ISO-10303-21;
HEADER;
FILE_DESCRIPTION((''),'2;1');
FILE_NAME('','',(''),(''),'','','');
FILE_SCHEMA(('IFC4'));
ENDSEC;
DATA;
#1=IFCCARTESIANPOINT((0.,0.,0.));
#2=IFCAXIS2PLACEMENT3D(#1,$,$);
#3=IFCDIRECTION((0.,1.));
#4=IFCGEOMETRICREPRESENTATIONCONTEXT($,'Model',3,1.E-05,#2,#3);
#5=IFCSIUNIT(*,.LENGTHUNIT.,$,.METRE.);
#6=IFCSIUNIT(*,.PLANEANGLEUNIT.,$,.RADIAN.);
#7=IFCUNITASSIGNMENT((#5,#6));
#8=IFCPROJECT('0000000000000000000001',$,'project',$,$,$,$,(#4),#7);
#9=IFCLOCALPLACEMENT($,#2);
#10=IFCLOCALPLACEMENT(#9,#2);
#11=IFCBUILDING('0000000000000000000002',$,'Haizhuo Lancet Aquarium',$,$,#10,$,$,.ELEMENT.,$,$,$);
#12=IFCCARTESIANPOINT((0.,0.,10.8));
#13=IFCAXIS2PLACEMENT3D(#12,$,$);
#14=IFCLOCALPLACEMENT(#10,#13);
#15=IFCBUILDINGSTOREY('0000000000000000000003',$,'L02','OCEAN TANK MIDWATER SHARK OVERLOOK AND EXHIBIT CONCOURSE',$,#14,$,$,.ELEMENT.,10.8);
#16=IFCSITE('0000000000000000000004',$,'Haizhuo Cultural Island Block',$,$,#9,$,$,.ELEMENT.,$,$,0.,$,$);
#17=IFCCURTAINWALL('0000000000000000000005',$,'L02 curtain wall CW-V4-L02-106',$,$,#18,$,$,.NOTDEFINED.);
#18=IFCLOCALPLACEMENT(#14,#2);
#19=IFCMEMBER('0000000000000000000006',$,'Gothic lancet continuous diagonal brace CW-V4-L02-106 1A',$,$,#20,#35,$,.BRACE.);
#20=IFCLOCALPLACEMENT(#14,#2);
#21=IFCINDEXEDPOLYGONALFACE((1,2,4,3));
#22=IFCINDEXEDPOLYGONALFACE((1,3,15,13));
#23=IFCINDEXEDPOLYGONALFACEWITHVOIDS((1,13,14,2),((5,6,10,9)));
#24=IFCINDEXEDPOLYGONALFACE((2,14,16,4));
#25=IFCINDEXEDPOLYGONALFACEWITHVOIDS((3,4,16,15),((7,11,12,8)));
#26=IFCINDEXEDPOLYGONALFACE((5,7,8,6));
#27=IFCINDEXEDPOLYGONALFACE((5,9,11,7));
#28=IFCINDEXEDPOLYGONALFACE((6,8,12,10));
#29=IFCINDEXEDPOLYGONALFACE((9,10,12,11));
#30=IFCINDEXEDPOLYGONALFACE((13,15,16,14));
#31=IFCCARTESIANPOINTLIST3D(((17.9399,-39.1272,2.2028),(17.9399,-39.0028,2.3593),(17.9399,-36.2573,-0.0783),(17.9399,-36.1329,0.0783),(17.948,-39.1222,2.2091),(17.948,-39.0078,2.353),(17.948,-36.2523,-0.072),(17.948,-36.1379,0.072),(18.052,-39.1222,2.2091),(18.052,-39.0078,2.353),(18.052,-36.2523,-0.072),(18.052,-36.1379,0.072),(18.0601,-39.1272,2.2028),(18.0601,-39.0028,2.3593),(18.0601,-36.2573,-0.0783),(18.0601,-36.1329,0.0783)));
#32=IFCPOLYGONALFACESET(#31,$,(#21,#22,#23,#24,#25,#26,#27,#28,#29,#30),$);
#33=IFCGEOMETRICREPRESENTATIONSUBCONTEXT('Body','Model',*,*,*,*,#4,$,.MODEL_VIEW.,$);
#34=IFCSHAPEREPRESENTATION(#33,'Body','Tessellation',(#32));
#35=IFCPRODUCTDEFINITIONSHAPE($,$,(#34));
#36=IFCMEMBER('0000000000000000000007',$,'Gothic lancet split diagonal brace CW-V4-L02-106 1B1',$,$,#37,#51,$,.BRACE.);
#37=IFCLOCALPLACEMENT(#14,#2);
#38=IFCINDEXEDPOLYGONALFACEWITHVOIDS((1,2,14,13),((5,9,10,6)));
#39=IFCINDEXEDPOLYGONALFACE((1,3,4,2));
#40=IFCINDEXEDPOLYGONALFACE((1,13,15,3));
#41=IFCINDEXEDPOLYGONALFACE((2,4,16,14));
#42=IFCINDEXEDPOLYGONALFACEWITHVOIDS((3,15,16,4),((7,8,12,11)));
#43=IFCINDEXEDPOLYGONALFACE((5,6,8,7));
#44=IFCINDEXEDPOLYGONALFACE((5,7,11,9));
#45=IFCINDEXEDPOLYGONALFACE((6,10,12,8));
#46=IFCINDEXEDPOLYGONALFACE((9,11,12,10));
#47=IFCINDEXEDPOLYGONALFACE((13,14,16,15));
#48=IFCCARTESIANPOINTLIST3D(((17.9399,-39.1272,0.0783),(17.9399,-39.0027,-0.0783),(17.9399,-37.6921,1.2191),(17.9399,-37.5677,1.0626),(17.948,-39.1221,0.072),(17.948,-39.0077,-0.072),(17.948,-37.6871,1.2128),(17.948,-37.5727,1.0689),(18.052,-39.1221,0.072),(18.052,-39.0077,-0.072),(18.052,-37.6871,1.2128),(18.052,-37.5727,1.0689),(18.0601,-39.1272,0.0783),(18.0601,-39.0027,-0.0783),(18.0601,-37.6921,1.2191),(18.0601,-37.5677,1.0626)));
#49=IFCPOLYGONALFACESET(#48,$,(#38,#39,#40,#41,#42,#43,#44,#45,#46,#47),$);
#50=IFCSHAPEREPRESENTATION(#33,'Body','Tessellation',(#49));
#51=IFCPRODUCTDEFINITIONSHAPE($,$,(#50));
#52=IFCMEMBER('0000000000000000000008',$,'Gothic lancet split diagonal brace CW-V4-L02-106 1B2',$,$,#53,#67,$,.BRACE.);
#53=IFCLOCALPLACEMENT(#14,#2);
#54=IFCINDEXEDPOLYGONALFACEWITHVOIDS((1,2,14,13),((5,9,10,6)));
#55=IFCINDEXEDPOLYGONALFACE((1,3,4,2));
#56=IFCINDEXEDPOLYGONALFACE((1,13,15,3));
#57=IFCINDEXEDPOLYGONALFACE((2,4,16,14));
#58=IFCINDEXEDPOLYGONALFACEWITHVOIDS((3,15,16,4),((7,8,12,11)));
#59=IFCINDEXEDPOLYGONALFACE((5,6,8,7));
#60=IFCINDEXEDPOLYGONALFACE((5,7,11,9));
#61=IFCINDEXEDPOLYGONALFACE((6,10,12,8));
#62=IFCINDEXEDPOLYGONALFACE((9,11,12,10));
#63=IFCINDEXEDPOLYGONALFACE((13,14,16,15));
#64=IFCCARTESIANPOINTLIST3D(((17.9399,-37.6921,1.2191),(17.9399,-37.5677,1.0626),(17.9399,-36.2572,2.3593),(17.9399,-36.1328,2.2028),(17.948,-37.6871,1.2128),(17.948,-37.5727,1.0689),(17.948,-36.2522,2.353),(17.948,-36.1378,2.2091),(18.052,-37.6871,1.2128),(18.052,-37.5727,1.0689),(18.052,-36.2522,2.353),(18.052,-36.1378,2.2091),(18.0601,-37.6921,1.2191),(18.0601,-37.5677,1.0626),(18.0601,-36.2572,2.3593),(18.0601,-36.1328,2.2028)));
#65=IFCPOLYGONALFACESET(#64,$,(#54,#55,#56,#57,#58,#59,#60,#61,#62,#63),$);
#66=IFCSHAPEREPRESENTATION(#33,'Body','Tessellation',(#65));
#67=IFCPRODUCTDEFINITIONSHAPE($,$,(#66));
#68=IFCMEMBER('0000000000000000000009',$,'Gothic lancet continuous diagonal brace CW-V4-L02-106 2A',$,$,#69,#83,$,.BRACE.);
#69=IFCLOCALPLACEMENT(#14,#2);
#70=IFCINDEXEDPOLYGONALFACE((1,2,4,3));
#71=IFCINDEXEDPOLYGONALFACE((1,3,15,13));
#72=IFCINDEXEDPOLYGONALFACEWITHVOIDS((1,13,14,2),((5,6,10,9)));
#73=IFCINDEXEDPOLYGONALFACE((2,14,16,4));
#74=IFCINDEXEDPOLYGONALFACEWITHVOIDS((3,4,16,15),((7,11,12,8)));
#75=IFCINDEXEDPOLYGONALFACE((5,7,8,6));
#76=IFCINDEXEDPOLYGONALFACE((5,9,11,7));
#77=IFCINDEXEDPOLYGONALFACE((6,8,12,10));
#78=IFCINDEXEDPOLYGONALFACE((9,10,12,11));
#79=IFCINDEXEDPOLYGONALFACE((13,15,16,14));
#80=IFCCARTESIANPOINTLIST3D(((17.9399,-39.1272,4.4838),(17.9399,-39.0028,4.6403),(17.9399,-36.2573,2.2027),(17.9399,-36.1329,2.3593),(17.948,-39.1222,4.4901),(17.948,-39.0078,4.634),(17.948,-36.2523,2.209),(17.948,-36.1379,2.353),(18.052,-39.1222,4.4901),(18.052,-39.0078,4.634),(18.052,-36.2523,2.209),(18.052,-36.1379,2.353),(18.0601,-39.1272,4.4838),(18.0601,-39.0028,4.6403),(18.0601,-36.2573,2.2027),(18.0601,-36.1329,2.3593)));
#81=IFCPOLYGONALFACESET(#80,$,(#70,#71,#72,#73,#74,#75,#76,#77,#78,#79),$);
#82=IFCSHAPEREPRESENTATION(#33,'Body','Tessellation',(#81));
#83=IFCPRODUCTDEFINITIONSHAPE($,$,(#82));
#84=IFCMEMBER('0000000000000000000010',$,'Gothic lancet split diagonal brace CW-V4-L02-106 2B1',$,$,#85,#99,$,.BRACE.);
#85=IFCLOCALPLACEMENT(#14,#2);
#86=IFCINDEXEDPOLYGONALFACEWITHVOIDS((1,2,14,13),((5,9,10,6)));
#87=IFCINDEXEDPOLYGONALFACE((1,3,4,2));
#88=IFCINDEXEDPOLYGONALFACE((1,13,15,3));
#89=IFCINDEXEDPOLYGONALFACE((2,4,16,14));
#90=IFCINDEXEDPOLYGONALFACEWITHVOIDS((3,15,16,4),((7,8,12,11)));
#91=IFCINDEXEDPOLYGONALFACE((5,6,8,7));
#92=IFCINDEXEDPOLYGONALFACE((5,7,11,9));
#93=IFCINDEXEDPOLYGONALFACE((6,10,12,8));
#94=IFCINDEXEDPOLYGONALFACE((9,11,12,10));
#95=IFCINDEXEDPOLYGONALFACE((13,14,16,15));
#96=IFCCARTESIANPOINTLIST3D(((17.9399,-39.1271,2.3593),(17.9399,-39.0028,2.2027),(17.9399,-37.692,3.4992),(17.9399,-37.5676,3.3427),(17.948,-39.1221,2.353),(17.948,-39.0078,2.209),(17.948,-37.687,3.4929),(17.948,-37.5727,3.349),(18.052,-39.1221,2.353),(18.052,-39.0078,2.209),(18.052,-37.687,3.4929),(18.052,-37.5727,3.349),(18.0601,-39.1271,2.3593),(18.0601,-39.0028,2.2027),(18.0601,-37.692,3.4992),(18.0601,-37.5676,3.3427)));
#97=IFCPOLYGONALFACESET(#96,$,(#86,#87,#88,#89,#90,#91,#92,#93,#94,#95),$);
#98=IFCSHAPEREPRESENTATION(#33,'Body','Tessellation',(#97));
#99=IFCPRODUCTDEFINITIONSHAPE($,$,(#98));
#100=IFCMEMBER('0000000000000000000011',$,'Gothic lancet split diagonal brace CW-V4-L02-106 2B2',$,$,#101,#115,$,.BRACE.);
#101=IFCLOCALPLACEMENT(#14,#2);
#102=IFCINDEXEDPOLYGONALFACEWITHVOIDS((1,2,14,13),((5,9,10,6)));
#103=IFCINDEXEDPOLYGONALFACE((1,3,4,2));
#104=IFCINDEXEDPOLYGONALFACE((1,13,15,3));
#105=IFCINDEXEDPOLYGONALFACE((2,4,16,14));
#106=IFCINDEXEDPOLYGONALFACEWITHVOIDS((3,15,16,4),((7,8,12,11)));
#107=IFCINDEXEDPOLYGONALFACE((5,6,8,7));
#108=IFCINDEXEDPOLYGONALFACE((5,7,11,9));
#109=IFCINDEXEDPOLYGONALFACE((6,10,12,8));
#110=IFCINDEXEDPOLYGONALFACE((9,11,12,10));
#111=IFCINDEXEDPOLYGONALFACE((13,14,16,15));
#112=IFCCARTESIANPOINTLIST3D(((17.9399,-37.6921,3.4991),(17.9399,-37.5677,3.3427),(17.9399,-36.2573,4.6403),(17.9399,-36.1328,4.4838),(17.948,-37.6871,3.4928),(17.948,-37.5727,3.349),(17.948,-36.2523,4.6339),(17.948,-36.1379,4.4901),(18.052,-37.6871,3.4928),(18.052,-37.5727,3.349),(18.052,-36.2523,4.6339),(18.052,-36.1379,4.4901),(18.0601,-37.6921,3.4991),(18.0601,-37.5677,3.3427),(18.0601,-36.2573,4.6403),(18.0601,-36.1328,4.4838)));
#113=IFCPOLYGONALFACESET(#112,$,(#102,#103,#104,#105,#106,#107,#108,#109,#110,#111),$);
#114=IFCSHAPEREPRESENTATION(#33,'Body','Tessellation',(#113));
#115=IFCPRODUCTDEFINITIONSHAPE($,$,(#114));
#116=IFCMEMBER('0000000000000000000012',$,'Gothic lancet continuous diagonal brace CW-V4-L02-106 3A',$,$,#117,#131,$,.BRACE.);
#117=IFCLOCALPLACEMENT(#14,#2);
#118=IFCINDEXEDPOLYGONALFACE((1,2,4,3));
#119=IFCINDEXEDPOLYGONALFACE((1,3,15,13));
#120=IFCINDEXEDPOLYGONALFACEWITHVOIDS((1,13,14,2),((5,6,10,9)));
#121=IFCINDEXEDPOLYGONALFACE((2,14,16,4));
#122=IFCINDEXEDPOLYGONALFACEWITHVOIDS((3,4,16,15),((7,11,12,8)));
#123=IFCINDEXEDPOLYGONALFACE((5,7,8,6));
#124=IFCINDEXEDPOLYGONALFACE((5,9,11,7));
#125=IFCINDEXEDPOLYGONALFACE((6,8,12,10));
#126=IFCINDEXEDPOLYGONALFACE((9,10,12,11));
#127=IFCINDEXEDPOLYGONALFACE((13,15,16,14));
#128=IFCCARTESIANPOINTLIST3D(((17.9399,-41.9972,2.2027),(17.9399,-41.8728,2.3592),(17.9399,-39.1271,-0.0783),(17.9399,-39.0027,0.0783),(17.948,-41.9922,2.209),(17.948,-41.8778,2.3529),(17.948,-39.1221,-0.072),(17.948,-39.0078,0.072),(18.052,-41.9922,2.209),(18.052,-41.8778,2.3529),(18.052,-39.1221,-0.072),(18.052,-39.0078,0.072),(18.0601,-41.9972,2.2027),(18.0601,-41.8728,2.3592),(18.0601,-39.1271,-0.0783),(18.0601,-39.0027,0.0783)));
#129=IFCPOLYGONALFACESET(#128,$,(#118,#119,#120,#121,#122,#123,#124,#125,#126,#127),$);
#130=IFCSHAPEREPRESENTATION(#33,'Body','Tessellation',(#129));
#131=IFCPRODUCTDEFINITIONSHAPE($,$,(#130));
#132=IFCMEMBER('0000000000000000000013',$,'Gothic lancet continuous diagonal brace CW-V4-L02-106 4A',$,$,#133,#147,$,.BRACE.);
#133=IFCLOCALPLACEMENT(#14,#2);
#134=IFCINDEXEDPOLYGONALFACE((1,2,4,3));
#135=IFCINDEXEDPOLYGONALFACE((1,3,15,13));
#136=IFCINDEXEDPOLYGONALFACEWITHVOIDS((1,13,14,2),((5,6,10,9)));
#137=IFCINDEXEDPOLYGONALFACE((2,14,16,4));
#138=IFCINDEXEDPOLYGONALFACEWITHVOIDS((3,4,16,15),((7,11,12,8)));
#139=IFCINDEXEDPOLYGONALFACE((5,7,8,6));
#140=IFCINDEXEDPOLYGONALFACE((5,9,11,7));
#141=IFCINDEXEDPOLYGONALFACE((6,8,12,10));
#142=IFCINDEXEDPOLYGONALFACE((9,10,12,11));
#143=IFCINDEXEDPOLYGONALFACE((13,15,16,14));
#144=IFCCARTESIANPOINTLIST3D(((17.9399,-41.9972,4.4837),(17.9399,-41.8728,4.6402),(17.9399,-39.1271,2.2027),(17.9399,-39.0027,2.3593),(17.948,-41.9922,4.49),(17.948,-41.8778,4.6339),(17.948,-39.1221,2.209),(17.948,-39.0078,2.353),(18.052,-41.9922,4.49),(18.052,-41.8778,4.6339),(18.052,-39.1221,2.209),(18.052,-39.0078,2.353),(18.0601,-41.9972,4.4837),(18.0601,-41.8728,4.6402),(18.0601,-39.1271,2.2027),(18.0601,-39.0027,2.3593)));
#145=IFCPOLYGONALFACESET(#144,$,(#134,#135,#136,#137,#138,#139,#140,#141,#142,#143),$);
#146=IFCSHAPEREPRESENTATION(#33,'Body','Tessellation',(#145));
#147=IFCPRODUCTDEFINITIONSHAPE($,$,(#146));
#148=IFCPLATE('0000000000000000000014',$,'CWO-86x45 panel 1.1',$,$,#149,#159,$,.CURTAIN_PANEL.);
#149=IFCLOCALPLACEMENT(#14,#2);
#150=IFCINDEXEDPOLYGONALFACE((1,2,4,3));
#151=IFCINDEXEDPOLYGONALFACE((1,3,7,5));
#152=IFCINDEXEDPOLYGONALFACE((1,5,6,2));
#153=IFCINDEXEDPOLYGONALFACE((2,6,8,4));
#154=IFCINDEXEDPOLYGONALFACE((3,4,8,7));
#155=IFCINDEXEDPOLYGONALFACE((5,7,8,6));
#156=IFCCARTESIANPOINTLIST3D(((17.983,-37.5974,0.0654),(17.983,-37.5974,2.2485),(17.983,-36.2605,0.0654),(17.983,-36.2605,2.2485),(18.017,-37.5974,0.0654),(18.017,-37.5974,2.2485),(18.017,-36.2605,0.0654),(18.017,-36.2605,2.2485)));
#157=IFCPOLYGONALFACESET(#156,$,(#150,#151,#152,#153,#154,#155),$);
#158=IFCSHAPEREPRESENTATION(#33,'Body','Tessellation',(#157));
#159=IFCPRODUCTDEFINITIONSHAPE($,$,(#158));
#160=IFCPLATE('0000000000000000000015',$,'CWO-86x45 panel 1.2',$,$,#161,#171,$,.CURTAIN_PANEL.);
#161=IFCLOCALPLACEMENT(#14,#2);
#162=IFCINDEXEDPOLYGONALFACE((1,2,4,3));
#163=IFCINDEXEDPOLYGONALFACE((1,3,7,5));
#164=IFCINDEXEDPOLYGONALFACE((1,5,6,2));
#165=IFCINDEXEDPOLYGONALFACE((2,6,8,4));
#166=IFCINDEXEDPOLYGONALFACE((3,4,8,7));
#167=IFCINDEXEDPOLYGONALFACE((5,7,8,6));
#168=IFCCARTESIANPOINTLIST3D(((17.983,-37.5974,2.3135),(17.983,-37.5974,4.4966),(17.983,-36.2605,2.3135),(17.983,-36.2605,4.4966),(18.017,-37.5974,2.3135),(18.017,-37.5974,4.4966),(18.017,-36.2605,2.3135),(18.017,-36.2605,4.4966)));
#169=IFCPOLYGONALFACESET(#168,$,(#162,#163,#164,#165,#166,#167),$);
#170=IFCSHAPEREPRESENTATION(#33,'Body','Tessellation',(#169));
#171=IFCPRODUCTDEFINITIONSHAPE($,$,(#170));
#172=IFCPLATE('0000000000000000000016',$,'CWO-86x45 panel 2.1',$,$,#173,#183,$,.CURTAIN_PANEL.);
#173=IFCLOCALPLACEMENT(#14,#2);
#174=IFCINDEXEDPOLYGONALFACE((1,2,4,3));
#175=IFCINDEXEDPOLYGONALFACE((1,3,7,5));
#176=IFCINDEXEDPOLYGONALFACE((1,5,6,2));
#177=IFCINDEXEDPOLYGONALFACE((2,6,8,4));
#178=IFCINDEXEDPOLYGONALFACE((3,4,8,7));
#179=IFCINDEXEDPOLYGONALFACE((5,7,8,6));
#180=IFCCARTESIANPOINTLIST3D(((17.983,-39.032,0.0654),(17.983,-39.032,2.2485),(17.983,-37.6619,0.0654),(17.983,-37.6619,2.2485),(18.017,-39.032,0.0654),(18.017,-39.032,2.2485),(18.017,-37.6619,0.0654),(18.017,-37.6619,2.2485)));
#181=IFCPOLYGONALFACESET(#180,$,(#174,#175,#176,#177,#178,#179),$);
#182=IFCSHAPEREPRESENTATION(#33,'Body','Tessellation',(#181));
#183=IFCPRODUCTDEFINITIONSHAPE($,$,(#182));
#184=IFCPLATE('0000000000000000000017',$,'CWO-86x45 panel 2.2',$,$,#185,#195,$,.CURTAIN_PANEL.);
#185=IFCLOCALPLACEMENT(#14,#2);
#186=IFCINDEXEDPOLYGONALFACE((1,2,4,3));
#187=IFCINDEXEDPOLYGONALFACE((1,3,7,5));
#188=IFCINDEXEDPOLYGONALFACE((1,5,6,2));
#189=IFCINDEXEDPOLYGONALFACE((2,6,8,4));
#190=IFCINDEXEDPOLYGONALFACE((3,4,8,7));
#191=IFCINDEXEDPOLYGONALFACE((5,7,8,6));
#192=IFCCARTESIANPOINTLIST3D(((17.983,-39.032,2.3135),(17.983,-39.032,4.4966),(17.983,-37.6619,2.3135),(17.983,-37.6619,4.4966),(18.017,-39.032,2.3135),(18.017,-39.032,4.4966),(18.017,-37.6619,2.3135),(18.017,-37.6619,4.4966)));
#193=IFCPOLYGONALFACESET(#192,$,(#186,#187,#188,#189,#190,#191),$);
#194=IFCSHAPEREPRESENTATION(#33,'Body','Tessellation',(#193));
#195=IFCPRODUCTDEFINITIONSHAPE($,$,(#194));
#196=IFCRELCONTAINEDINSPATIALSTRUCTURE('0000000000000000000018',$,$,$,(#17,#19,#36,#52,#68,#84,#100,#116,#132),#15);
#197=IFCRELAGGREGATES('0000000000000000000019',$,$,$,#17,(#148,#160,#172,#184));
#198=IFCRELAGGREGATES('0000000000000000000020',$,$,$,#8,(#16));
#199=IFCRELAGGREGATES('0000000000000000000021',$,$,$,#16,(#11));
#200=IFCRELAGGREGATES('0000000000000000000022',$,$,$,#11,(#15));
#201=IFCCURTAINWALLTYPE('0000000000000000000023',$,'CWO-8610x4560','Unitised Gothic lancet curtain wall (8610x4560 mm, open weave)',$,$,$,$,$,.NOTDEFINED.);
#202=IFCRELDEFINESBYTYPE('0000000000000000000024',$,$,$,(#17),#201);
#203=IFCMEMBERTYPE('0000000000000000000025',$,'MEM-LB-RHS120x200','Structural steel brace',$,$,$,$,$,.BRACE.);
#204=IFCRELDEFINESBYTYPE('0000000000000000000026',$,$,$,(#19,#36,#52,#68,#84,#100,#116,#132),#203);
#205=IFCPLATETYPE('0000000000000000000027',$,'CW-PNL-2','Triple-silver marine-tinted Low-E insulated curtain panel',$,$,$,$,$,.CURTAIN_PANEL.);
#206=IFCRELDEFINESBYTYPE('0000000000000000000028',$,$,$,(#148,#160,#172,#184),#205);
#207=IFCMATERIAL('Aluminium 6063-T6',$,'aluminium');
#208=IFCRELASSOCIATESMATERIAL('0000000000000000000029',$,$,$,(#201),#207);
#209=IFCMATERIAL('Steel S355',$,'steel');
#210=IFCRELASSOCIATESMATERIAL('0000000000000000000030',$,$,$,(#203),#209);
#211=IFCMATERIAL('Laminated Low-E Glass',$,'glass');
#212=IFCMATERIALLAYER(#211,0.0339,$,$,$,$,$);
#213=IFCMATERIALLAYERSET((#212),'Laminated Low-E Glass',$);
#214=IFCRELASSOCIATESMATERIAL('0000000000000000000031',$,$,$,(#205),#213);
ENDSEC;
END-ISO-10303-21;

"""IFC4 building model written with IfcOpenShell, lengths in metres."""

from ifc_helpers import new_model, si_unit, direction, frame, origin, origin_2d, place, context, subcontext, project, spatial, rectangle, hollow_rectangle, extrude, material, layer, layer_set, material_profile, profile_set, type_object, element, aggregate, save


model = new_model("IFC4")

# Units and contexts
model_context = context("Model", 3, precision=1e-05, world=origin(), true_north=direction((0.0, 1.0)))
body_context = subcontext(model_context, "Body", "Model", "MODEL_VIEW")
ifc_project = project(units=[si_unit("LENGTHUNIT", "METRE"), si_unit("PLANEANGLEUNIT", "RADIAN")], contexts=[model_context])

# Site, building, storey
site_placement = place(None, origin())
site = spatial("IfcSite", under=ifc_project, at=site_placement, Name="Haizhuo Cultural Island Block", CompositionType="ELEMENT", RefElevation=0.0)
building_placement = place(site_placement, origin())
building = spatial("IfcBuilding", under=site, at=building_placement, Name="Haizhuo Lancet Aquarium", CompositionType="ELEMENT")
storey_placement = place(building_placement, frame((0.0, 0.0, 10.8)))
storey = spatial("IfcBuildingStorey", under=building, at=storey_placement, Name="L02", Description="OCEAN TANK MIDWATER SHARK OVERLOOK AND EXHIBIT CONCOURSE", CompositionType="ELEMENT", Elevation=10.8)

# Curtain wall
ifc_material_1 = material(Name="Aluminium 6063-T6", Category="aluminium")
curtain_wall_type = type_object("IfcCurtainWallType", Name="CWO-8610x4560", Description="Unitised Gothic lancet curtain wall (8610x4560 mm, open weave)", PredefinedType="NOTDEFINED", material=ifc_material_1)
curtain_wall_placement = place(storey_placement, origin())
curtain_wall = element("IfcCurtainWall", 1, at=curtain_wall_placement, inside=storey, type_object=curtain_wall_type, Name="L02 curtain wall CW-V4-L02-106", PredefinedType="NOTDEFINED")

# Members
ifc_material_2 = material(Name="Steel S355", Category="steel")
ifc_material_profile_1 = material_profile(ifc_material_2, hollow_rectangle(XDim=0.1201, YDim=0.2, WallThickness=0.0081, at=origin_2d()), Name="RHS 120x200x8")
ifc_profile_set_1 = profile_set([ifc_material_profile_1], Name="Steel S355")
member_type_1 = type_object("IfcMemberType", Name="MEM-LB-RHS120x200", Description="Structural steel brace", PredefinedType="BRACE", material=ifc_profile_set_1)
member_1_placement = place(storey_placement, frame((18.0, -36.1951, 0.0), z_axis=(0.0, -0.782847, 0.622215), x_axis=(1.0, 0.0, 0.0)))
element("IfcMember", 2, at=member_1_placement, inside=storey, type_object=member_type_1, Name="Gothic lancet continuous diagonal brace CW-V4-L02-106 1A", PredefinedType="BRACE", context=body_context, shape_type="SweptSolid", body=[
    extrude(hollow_rectangle(XDim=0.1201, YDim=0.2, WallThickness=0.0081, at=origin_2d()), origin(), (0.0, 0.0, 1.0), 3.666),
])
member_2_placement = place(storey_placement, frame((18.0, -39.0649, 0.0), z_axis=(0.0, 0.782775, 0.622305), x_axis=(-1.0, 0.0, 0.0)))
element("IfcMember", 3, at=member_2_placement, inside=storey, type_object=member_type_1, Name="Gothic lancet split diagonal brace CW-V4-L02-106 1B1", PredefinedType="BRACE", context=body_context, shape_type="SweptSolid", body=[
    extrude(hollow_rectangle(XDim=0.1201, YDim=0.2, WallThickness=0.0081, at=origin_2d()), origin(), (0.0, 0.0, 1.0), 1.8333),
])
member_3_placement = place(storey_placement, frame((18.0, -37.6299, 1.1409), z_axis=(0.0, 0.782918, 0.622125), x_axis=(-1.0, 0.0, 0.0)))
element("IfcMember", 4, at=member_3_placement, inside=storey, type_object=member_type_1, Name="Gothic lancet split diagonal brace CW-V4-L02-106 1B2", PredefinedType="BRACE", context=body_context, shape_type="SweptSolid", body=[
    extrude(hollow_rectangle(XDim=0.1201, YDim=0.2, WallThickness=0.0081, at=origin_2d()), origin(), (0.0, 0.0, 1.0), 1.8328),
])
member_4_placement = place(storey_placement, frame((18.0, -36.1951, 2.281), z_axis=(0.0, -0.782847, 0.622215), x_axis=(1.0, 0.0, 0.0)))
element("IfcMember", 5, at=member_4_placement, inside=storey, type_object=member_type_1, Name="Gothic lancet continuous diagonal brace CW-V4-L02-106 2A", PredefinedType="BRACE", context=body_context, shape_type="SweptSolid", body=[
    extrude(hollow_rectangle(XDim=0.1201, YDim=0.2, WallThickness=0.0081, at=origin_2d()), origin(), (0.0, 0.0, 1.0), 3.666),
])
member_5_placement = place(storey_placement, frame((18.0, -39.0649, 2.281), z_axis=(0.0, 0.783035, 0.621978), x_axis=(-1.0, 0.0, 0.0)))
element("IfcMember", 6, at=member_5_placement, inside=storey, type_object=member_type_1, Name="Gothic lancet split diagonal brace CW-V4-L02-106 2B1", PredefinedType="BRACE", context=body_context, shape_type="SweptSolid", body=[
    extrude(hollow_rectangle(XDim=0.1201, YDim=0.2, WallThickness=0.0081, at=origin_2d()), origin(), (0.0, 0.0, 1.0), 1.8328),
])
member_6_placement = place(storey_placement, frame((18.0, -37.6299, 3.4209), z_axis=(0.0, 0.782659, 0.622451), x_axis=(-1.0, 0.0, 0.0)))
element("IfcMember", 7, at=member_6_placement, inside=storey, type_object=member_type_1, Name="Gothic lancet split diagonal brace CW-V4-L02-106 2B2", PredefinedType="BRACE", context=body_context, shape_type="SweptSolid", body=[
    extrude(hollow_rectangle(XDim=0.1201, YDim=0.2, WallThickness=0.0081, at=origin_2d()), origin(), (0.0, 0.0, 1.0), 1.8333),
])
for number, where, z_axis, x_axis, name in (
    (8, (18.0, -39.0649, 0.0), (0.0, -0.782872, 0.622182), (1.0, 0.0, 0.0), "Gothic lancet continuous diagonal brace CW-V4-L02-106 3A"),
    (9, (18.0, -39.0649, 2.281), (0.0, -0.782872, 0.622182), (1.0, 0.0, 0.0), "Gothic lancet continuous diagonal brace CW-V4-L02-106 4A"),
):
    element("IfcMember", number, at=place(storey_placement, frame(where, z_axis=z_axis, x_axis=x_axis)), inside=storey, type_object=member_type_1, Name=name, PredefinedType="BRACE", context=body_context, shape_type="SweptSolid", body=[
        extrude(hollow_rectangle(XDim=0.1201, YDim=0.2, WallThickness=0.0081, at=origin_2d()), origin(), (0.0, 0.0, 1.0), 3.666),
    ])

# Plates
ifc_material_3 = material(Name="Laminated Low-E Glass", Category="glass")
ifc_layer = layer(ifc_material_3, 0.0339)
ifc_layer_set = layer_set([ifc_layer], Name="Laminated Low-E Glass")
plate_type = type_object("IfcPlateType", Name="CW-PNL-2", Description="Triple-silver marine-tinted Low-E insulated curtain panel", PredefinedType="CURTAIN_PANEL", material=ifc_layer_set)
plate_1_placement = place(storey_placement, frame((18.0, -36.929, 0.0654), z_axis=(0.0, 0.0, 1.0), x_axis=(0.0, -1.0, 0.0)))
plate_1 = element("IfcPlate", 10, at=plate_1_placement, type_object=plate_type, Name="CWO-86x45 panel 1.1", PredefinedType="CURTAIN_PANEL", context=body_context, shape_type="SweptSolid", body=[
    extrude(rectangle(XDim=1.3369, YDim=0.0339, at=origin_2d()), origin(), (0.0, 0.0, 1.0), 2.1831),
])
plate_2_placement = place(storey_placement, frame((18.0, -36.929, 2.3135), z_axis=(0.0, 0.0, 1.0), x_axis=(0.0, -1.0, 0.0)))
plate_2 = element("IfcPlate", 11, at=plate_2_placement, type_object=plate_type, Name="CWO-86x45 panel 1.2", PredefinedType="CURTAIN_PANEL", context=body_context, shape_type="SweptSolid", body=[
    extrude(rectangle(XDim=1.3369, YDim=0.0339, at=origin_2d()), origin(), (0.0, 0.0, 1.0), 2.1831),
])
plate_3_placement = place(storey_placement, frame((18.0, -38.3469, 0.0654), z_axis=(0.0, 0.0, 1.0), x_axis=(0.0, -1.0, 0.0)))
plate_3 = element("IfcPlate", 12, at=plate_3_placement, type_object=plate_type, Name="CWO-86x45 panel 2.1", PredefinedType="CURTAIN_PANEL", context=body_context, shape_type="SweptSolid", body=[
    extrude(rectangle(XDim=1.3701, YDim=0.0339, at=origin_2d()), origin(), (0.0, 0.0, 1.0), 2.1831),
])
plate_4_placement = place(storey_placement, frame((18.0, -38.3469, 2.3135), z_axis=(0.0, 0.0, 1.0), x_axis=(0.0, -1.0, 0.0)))
plate_4 = element("IfcPlate", 13, at=plate_4_placement, type_object=plate_type, Name="CWO-86x45 panel 2.2", PredefinedType="CURTAIN_PANEL", context=body_context, shape_type="SweptSolid", body=[
    extrude(rectangle(XDim=1.3701, YDim=0.0339, at=origin_2d()), origin(), (0.0, 0.0, 1.0), 2.1831),
])
aggregate(curtain_wall, [plate_1, plate_2, plate_3, plate_4])

save(model, "model.ifc")
